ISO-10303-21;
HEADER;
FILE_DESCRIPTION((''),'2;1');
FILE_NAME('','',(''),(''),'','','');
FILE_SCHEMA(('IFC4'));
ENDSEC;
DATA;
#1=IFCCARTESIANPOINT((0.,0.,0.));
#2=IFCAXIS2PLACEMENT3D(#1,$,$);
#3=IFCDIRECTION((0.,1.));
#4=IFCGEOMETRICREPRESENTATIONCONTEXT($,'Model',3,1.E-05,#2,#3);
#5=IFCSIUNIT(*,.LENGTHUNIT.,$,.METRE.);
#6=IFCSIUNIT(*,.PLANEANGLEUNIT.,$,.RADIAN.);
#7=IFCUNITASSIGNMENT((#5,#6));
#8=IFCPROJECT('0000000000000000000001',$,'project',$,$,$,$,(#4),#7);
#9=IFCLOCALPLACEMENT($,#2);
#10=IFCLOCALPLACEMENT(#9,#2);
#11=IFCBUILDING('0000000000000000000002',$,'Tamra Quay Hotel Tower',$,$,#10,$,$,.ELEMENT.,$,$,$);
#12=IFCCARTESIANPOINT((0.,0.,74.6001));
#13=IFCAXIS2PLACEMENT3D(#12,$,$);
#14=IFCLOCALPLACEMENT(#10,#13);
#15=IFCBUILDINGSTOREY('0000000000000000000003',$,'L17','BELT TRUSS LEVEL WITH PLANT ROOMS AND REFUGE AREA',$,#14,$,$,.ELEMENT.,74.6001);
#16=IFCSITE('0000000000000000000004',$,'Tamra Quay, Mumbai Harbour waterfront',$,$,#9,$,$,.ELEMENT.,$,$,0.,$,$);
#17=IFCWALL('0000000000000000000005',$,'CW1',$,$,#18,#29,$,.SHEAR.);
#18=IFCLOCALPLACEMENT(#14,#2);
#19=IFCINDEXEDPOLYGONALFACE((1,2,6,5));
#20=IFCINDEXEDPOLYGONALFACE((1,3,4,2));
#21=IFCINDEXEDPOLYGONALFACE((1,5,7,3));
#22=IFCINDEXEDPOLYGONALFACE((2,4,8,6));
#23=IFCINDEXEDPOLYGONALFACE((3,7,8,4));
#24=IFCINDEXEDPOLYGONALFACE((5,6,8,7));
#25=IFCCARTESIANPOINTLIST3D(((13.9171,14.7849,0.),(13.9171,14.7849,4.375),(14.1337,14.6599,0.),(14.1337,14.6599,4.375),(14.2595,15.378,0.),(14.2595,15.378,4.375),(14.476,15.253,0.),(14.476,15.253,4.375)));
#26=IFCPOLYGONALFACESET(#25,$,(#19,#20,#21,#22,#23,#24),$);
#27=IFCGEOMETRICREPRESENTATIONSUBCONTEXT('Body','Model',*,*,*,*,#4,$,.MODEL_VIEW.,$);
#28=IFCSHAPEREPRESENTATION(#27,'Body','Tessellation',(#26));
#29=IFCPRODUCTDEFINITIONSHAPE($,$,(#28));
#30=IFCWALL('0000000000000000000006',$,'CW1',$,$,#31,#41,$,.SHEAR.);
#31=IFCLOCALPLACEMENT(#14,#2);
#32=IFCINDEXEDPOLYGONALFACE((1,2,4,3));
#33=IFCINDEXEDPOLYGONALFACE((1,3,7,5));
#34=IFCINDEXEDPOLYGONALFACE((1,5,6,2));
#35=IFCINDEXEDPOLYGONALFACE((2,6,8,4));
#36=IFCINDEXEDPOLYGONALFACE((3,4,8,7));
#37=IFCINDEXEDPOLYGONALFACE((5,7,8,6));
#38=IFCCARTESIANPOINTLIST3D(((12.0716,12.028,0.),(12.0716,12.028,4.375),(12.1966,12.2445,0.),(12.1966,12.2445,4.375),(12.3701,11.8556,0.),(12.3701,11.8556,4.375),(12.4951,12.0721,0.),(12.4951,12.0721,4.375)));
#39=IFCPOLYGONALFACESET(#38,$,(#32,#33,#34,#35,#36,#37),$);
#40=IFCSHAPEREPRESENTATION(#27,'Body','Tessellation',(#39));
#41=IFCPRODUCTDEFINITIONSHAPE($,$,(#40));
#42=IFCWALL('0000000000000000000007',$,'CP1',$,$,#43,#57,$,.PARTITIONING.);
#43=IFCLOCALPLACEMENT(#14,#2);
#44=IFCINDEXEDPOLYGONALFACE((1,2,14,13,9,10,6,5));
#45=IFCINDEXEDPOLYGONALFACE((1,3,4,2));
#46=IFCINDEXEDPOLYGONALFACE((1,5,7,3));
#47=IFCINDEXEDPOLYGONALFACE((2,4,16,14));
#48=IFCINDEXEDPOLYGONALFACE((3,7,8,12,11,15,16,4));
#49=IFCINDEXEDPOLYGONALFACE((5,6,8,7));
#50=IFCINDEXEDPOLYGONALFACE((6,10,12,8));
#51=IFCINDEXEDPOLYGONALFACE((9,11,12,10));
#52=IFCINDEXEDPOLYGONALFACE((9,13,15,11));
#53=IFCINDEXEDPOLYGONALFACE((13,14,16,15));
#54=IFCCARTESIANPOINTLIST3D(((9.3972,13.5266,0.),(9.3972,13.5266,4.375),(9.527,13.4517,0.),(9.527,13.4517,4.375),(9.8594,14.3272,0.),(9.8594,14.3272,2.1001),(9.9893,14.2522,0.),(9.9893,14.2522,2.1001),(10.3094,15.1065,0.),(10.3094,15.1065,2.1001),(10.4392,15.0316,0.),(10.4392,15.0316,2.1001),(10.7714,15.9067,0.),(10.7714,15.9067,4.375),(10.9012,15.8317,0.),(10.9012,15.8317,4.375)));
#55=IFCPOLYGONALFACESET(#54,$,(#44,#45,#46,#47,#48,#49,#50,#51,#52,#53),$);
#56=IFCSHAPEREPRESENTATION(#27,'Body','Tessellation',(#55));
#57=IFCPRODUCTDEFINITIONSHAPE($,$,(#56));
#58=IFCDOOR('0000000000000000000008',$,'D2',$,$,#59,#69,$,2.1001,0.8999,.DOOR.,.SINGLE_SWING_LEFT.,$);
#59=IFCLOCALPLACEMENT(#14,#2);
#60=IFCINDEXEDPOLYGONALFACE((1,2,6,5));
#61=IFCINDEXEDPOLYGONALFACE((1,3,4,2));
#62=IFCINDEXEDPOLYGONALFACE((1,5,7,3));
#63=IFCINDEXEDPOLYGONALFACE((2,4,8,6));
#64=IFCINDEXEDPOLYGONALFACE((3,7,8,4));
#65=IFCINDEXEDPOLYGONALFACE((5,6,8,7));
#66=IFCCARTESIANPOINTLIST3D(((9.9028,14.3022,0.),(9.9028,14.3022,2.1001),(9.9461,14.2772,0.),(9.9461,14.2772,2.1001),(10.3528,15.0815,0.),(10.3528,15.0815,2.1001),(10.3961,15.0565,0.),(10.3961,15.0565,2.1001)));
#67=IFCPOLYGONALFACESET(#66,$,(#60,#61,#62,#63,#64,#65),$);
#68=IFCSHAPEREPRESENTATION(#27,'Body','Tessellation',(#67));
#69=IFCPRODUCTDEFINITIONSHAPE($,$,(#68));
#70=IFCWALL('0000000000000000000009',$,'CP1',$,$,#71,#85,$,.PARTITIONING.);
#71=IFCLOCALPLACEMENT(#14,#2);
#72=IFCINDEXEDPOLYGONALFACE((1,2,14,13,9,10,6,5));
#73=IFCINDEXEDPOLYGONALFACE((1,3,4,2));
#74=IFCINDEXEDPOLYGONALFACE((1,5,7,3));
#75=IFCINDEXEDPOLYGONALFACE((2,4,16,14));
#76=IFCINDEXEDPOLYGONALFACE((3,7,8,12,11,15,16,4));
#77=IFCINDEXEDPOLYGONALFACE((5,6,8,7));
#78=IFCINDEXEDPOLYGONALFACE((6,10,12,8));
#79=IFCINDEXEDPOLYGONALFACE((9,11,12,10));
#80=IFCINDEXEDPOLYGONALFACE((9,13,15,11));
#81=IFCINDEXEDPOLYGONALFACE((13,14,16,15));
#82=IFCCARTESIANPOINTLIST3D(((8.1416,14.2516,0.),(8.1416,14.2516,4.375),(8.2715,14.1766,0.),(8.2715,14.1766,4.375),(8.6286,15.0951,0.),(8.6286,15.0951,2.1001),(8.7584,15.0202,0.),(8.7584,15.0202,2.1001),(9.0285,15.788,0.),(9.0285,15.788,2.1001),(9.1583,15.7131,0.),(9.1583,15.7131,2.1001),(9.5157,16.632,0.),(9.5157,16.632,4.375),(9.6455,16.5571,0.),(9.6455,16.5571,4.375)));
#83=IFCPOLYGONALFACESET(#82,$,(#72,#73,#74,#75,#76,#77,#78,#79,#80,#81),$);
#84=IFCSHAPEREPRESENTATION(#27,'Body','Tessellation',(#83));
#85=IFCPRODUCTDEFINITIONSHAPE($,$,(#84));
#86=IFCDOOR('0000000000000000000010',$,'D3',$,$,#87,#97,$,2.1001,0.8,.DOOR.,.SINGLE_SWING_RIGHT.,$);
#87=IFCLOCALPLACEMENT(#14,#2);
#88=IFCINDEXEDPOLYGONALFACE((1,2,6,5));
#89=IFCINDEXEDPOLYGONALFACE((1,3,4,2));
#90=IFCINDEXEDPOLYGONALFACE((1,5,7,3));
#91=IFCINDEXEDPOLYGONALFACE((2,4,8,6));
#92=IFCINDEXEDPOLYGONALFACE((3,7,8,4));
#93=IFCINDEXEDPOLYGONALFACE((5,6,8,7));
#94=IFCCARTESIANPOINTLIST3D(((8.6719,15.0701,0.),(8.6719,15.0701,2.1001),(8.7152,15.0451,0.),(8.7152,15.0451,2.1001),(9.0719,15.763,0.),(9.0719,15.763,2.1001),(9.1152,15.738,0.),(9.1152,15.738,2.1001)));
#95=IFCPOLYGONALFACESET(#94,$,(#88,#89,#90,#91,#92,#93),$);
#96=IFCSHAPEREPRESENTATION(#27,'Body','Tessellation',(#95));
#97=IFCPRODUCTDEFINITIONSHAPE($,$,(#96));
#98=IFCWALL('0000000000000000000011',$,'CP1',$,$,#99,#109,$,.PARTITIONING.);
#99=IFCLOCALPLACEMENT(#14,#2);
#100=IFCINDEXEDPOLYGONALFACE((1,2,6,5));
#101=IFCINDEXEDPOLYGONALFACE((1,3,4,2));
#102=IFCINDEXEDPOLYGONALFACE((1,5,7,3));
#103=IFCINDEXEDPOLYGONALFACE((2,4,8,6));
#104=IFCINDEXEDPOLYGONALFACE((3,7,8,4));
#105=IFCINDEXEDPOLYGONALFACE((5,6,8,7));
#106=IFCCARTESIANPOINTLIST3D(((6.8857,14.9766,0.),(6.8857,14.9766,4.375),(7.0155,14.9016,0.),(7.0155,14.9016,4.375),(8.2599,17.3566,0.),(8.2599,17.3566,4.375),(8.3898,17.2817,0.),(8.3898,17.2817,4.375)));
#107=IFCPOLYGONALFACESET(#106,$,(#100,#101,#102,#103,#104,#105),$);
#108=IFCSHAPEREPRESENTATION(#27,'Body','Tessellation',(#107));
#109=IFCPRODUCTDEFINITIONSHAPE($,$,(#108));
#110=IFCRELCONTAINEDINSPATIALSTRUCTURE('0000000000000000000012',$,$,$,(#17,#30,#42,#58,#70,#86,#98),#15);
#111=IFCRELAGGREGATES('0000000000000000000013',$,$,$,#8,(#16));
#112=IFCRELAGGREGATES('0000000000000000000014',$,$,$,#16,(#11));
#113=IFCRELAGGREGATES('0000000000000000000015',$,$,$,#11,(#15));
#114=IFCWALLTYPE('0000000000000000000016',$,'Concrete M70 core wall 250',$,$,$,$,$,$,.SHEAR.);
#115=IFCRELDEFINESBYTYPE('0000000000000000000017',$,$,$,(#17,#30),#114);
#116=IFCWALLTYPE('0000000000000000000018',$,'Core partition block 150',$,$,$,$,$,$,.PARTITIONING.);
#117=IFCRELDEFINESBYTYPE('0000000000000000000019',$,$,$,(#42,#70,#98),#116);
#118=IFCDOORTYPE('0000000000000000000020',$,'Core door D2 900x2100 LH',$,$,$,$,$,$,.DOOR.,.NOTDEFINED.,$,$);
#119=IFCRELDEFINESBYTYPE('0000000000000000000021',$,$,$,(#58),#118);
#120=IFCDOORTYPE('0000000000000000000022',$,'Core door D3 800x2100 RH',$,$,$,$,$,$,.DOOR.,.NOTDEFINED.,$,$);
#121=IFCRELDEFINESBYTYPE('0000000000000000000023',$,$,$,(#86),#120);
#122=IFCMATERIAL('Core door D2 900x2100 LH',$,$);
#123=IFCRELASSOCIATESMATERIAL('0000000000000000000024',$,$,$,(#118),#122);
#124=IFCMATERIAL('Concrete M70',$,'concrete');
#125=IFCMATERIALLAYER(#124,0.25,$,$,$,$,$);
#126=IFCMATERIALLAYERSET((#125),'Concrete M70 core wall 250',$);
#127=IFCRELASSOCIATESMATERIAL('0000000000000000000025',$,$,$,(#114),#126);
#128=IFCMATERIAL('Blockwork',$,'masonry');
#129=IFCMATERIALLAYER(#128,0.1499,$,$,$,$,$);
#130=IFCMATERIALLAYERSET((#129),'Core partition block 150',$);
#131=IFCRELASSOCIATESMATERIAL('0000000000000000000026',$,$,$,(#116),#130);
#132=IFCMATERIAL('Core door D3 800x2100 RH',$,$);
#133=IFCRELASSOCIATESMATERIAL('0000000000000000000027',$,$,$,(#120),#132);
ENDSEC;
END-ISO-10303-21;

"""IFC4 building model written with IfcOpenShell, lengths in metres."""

from ifc_helpers import new_model, si_unit, direction, frame, frame_2d, origin, place, context, subcontext, project, spatial, rectangle, extrude, material, layer, layer_set, type_object, element, fill, save


model = new_model("IFC4")

# Units and contexts
model_context = context("Model", 3, precision=1e-05, world=origin(), true_north=direction((0.0, 1.0)))
body_context = subcontext(model_context, "Body", "Model", "MODEL_VIEW")
ifc_project = project(units=[si_unit("LENGTHUNIT", "METRE"), si_unit("PLANEANGLEUNIT", "RADIAN")], contexts=[model_context])

# Site, building, storey
site_placement = place(None, origin())
site = spatial("IfcSite", under=ifc_project, at=site_placement, Name="Tamra Quay, Mumbai Harbour waterfront", CompositionType="ELEMENT", RefElevation=0.0)
building_placement = place(site_placement, origin())
building = spatial("IfcBuilding", under=site, at=building_placement, Name="Tamra Quay Hotel Tower", CompositionType="ELEMENT")
storey_placement = place(building_placement, frame((0.0, 0.0, 74.6001)))
storey = spatial("IfcBuildingStorey", under=building, at=storey_placement, Name="L17", Description="BELT TRUSS LEVEL WITH PLANT ROOMS AND REFUGE AREA", CompositionType="ELEMENT", Elevation=74.6001)

# Shared definitions
ifc_material_1 = material(Name="Concrete M70", Category="concrete")

# Shared definitions
ifc_material_2 = material(Name="Core door D2 900x2100 LH")
door_type_1 = type_object("IfcDoorType", Name="Core door D2 900x2100 LH", OperationType="NOTDEFINED", PredefinedType="DOOR", material=ifc_material_2)

# Walls
ifc_layer_1 = layer(ifc_material_1, 0.25)
ifc_layer_set_1 = layer_set([ifc_layer_1], Name="Concrete M70 core wall 250")
wall_type_1 = type_object("IfcWallType", Name="Concrete M70 core wall 250", PredefinedType="SHEAR", material=ifc_layer_set_1)
wall_1_placement = place(storey_placement, frame((14.3677, 15.3154, 0.0), z_axis=(0.0, 0.0, 1.0), x_axis=(-0.499897, -0.866085, 0.0)))
element("IfcWall", 1, at=wall_1_placement, inside=storey, type_object=wall_type_1, Name="CW1", PredefinedType="SHEAR", context=body_context, shape_type="SweptSolid", body=[
    extrude(rectangle(XDim=0.6848, YDim=0.25, at=frame_2d((0.3423, 0.0))), origin(), (0.0, 0.0, 1.0), 4.375),
])
wall_2_placement = place(storey_placement, frame((12.4326, 11.9639, 0.0), z_axis=(0.0, 0.0, 1.0), x_axis=(-0.866056, 0.499947, 0.0)))
element("IfcWall", 2, at=wall_2_placement, inside=storey, type_object=wall_type_1, Name="CW1", PredefinedType="SHEAR", context=body_context, shape_type="SweptSolid", body=[
    extrude(rectangle(XDim=0.3447, YDim=0.25, at=frame_2d((0.1724, 0.0))), origin(), (0.0, 0.0, 1.0), 4.375),
])

# Walls, openings, doors
ifc_material_3 = material(Name="Blockwork", Category="masonry")
ifc_layer_2 = layer(ifc_material_3, 0.1499)
ifc_layer_set_2 = layer_set([ifc_layer_2], Name="Core partition block 150")
wall_type_2 = type_object("IfcWallType", Name="Core partition block 150", PredefinedType="PARTITIONING", material=ifc_layer_set_2)
wall_3_placement = place(storey_placement, frame((9.4622, 13.4893, 0.0), z_axis=(0.0, 0.0, 1.0), x_axis=(0.500027, 0.86601, 0.0)))
wall_3 = element("IfcWall", 3, at=wall_3_placement, inside=storey, type_object=wall_type_2, Name="CP1", PredefinedType="PARTITIONING", context=body_context, shape_type="SweptSolid", body=[
    extrude(rectangle(XDim=2.7483, YDim=0.1499, at=frame_2d((1.374, 0.0))), origin(), (0.0, 0.0, 1.0), 4.375),
])
opening_1_placement = place(wall_3_placement, frame((0.9243, 0.0, 0.0)))
opening_1 = element("IfcOpeningElement", 4, at=opening_1_placement, cuts=wall_3, PredefinedType="OPENING", context=body_context, shape_type="SweptSolid", body=[
    extrude(rectangle(XDim=0.8999, YDim=2.1001, at=frame_2d((0.45, 1.05))), frame((0.0, 0.085, 0.0), z_axis=(0.0, -1.0, 0.0), x_axis=(1.0, 0.0, 0.0)), (0.0, 0.0, 1.0), 0.1699),
])
door_1_placement = place(opening_1_placement, origin())
door_1 = element("IfcDoor", 5, at=door_1_placement, inside=storey, type_object=door_type_1, Name="D2", OperationType="SINGLE_SWING_LEFT", OverallHeight=2.1001, OverallWidth=0.8999, PredefinedType="DOOR", context=body_context, shape_type="SweptSolid", body=[
    extrude(rectangle(XDim=0.8999, YDim=2.1001, at=frame_2d((0.45, 1.05))), frame((0.0, 0.0249, 0.0), z_axis=(0.0, -1.0, 0.0), x_axis=(1.0, 0.0, 0.0)), (0.0, 0.0, 1.0), 0.05),
])
fill(opening_1, door_1)
wall_4_placement = place(storey_placement, frame((8.2065, 14.2141, 0.0), z_axis=(0.0, 0.0, 1.0), x_axis=(0.499922, 0.86607, 0.0)))
wall_4 = element("IfcWall", 6, at=wall_4_placement, inside=storey, type_object=wall_type_2, Name="CP1", PredefinedType="PARTITIONING", context=body_context, shape_type="SweptSolid", body=[
    extrude(rectangle(XDim=2.7485, YDim=0.1499, at=frame_2d((1.3743, 0.0))), origin(), (0.0, 0.0, 1.0), 4.375),
])
opening_2_placement = place(wall_4_placement, frame((0.9741, 0.0, 0.0)))
opening_2 = element("IfcOpeningElement", 7, at=opening_2_placement, cuts=wall_4, PredefinedType="OPENING", context=body_context, shape_type="SweptSolid", body=[
    extrude(rectangle(XDim=0.8, YDim=2.1001, at=frame_2d((0.3999, 1.05))), frame((0.0, 0.085, 0.0), z_axis=(0.0, -1.0, 0.0), x_axis=(1.0, 0.0, 0.0)), (0.0, 0.0, 1.0), 0.1699),
])
ifc_material_4 = material(Name="Core door D3 800x2100 RH")
door_type_2 = type_object("IfcDoorType", Name="Core door D3 800x2100 RH", OperationType="NOTDEFINED", PredefinedType="DOOR", material=ifc_material_4)
door_2_placement = place(opening_2_placement, origin())
door_2 = element("IfcDoor", 8, at=door_2_placement, inside=storey, type_object=door_type_2, Name="D3", OperationType="SINGLE_SWING_RIGHT", OverallHeight=2.1001, OverallWidth=0.8, PredefinedType="DOOR", context=body_context, shape_type="SweptSolid", body=[
    extrude(rectangle(XDim=0.8, YDim=2.1001, at=frame_2d((0.3999, 1.05))), frame((0.0, 0.0249, 0.0), z_axis=(0.0, -1.0, 0.0), x_axis=(1.0, 0.0, 0.0)), (0.0, 0.0, 1.0), 0.05),
])
fill(opening_2, door_2)

# Wall
wall_5_placement = place(storey_placement, frame((6.9507, 14.9392, 0.0), z_axis=(0.0, 0.0, 1.0), x_axis=(0.500027, 0.86601, 0.0)))
element("IfcWall", 9, at=wall_5_placement, inside=storey, type_object=wall_type_2, Name="CP1", PredefinedType="PARTITIONING", context=body_context, shape_type="SweptSolid", body=[
    extrude(rectangle(XDim=2.7483, YDim=0.1499, at=frame_2d((1.374, 0.0))), origin(), (0.0, 0.0, 1.0), 4.375),
])

save(model, "model.ifc")
